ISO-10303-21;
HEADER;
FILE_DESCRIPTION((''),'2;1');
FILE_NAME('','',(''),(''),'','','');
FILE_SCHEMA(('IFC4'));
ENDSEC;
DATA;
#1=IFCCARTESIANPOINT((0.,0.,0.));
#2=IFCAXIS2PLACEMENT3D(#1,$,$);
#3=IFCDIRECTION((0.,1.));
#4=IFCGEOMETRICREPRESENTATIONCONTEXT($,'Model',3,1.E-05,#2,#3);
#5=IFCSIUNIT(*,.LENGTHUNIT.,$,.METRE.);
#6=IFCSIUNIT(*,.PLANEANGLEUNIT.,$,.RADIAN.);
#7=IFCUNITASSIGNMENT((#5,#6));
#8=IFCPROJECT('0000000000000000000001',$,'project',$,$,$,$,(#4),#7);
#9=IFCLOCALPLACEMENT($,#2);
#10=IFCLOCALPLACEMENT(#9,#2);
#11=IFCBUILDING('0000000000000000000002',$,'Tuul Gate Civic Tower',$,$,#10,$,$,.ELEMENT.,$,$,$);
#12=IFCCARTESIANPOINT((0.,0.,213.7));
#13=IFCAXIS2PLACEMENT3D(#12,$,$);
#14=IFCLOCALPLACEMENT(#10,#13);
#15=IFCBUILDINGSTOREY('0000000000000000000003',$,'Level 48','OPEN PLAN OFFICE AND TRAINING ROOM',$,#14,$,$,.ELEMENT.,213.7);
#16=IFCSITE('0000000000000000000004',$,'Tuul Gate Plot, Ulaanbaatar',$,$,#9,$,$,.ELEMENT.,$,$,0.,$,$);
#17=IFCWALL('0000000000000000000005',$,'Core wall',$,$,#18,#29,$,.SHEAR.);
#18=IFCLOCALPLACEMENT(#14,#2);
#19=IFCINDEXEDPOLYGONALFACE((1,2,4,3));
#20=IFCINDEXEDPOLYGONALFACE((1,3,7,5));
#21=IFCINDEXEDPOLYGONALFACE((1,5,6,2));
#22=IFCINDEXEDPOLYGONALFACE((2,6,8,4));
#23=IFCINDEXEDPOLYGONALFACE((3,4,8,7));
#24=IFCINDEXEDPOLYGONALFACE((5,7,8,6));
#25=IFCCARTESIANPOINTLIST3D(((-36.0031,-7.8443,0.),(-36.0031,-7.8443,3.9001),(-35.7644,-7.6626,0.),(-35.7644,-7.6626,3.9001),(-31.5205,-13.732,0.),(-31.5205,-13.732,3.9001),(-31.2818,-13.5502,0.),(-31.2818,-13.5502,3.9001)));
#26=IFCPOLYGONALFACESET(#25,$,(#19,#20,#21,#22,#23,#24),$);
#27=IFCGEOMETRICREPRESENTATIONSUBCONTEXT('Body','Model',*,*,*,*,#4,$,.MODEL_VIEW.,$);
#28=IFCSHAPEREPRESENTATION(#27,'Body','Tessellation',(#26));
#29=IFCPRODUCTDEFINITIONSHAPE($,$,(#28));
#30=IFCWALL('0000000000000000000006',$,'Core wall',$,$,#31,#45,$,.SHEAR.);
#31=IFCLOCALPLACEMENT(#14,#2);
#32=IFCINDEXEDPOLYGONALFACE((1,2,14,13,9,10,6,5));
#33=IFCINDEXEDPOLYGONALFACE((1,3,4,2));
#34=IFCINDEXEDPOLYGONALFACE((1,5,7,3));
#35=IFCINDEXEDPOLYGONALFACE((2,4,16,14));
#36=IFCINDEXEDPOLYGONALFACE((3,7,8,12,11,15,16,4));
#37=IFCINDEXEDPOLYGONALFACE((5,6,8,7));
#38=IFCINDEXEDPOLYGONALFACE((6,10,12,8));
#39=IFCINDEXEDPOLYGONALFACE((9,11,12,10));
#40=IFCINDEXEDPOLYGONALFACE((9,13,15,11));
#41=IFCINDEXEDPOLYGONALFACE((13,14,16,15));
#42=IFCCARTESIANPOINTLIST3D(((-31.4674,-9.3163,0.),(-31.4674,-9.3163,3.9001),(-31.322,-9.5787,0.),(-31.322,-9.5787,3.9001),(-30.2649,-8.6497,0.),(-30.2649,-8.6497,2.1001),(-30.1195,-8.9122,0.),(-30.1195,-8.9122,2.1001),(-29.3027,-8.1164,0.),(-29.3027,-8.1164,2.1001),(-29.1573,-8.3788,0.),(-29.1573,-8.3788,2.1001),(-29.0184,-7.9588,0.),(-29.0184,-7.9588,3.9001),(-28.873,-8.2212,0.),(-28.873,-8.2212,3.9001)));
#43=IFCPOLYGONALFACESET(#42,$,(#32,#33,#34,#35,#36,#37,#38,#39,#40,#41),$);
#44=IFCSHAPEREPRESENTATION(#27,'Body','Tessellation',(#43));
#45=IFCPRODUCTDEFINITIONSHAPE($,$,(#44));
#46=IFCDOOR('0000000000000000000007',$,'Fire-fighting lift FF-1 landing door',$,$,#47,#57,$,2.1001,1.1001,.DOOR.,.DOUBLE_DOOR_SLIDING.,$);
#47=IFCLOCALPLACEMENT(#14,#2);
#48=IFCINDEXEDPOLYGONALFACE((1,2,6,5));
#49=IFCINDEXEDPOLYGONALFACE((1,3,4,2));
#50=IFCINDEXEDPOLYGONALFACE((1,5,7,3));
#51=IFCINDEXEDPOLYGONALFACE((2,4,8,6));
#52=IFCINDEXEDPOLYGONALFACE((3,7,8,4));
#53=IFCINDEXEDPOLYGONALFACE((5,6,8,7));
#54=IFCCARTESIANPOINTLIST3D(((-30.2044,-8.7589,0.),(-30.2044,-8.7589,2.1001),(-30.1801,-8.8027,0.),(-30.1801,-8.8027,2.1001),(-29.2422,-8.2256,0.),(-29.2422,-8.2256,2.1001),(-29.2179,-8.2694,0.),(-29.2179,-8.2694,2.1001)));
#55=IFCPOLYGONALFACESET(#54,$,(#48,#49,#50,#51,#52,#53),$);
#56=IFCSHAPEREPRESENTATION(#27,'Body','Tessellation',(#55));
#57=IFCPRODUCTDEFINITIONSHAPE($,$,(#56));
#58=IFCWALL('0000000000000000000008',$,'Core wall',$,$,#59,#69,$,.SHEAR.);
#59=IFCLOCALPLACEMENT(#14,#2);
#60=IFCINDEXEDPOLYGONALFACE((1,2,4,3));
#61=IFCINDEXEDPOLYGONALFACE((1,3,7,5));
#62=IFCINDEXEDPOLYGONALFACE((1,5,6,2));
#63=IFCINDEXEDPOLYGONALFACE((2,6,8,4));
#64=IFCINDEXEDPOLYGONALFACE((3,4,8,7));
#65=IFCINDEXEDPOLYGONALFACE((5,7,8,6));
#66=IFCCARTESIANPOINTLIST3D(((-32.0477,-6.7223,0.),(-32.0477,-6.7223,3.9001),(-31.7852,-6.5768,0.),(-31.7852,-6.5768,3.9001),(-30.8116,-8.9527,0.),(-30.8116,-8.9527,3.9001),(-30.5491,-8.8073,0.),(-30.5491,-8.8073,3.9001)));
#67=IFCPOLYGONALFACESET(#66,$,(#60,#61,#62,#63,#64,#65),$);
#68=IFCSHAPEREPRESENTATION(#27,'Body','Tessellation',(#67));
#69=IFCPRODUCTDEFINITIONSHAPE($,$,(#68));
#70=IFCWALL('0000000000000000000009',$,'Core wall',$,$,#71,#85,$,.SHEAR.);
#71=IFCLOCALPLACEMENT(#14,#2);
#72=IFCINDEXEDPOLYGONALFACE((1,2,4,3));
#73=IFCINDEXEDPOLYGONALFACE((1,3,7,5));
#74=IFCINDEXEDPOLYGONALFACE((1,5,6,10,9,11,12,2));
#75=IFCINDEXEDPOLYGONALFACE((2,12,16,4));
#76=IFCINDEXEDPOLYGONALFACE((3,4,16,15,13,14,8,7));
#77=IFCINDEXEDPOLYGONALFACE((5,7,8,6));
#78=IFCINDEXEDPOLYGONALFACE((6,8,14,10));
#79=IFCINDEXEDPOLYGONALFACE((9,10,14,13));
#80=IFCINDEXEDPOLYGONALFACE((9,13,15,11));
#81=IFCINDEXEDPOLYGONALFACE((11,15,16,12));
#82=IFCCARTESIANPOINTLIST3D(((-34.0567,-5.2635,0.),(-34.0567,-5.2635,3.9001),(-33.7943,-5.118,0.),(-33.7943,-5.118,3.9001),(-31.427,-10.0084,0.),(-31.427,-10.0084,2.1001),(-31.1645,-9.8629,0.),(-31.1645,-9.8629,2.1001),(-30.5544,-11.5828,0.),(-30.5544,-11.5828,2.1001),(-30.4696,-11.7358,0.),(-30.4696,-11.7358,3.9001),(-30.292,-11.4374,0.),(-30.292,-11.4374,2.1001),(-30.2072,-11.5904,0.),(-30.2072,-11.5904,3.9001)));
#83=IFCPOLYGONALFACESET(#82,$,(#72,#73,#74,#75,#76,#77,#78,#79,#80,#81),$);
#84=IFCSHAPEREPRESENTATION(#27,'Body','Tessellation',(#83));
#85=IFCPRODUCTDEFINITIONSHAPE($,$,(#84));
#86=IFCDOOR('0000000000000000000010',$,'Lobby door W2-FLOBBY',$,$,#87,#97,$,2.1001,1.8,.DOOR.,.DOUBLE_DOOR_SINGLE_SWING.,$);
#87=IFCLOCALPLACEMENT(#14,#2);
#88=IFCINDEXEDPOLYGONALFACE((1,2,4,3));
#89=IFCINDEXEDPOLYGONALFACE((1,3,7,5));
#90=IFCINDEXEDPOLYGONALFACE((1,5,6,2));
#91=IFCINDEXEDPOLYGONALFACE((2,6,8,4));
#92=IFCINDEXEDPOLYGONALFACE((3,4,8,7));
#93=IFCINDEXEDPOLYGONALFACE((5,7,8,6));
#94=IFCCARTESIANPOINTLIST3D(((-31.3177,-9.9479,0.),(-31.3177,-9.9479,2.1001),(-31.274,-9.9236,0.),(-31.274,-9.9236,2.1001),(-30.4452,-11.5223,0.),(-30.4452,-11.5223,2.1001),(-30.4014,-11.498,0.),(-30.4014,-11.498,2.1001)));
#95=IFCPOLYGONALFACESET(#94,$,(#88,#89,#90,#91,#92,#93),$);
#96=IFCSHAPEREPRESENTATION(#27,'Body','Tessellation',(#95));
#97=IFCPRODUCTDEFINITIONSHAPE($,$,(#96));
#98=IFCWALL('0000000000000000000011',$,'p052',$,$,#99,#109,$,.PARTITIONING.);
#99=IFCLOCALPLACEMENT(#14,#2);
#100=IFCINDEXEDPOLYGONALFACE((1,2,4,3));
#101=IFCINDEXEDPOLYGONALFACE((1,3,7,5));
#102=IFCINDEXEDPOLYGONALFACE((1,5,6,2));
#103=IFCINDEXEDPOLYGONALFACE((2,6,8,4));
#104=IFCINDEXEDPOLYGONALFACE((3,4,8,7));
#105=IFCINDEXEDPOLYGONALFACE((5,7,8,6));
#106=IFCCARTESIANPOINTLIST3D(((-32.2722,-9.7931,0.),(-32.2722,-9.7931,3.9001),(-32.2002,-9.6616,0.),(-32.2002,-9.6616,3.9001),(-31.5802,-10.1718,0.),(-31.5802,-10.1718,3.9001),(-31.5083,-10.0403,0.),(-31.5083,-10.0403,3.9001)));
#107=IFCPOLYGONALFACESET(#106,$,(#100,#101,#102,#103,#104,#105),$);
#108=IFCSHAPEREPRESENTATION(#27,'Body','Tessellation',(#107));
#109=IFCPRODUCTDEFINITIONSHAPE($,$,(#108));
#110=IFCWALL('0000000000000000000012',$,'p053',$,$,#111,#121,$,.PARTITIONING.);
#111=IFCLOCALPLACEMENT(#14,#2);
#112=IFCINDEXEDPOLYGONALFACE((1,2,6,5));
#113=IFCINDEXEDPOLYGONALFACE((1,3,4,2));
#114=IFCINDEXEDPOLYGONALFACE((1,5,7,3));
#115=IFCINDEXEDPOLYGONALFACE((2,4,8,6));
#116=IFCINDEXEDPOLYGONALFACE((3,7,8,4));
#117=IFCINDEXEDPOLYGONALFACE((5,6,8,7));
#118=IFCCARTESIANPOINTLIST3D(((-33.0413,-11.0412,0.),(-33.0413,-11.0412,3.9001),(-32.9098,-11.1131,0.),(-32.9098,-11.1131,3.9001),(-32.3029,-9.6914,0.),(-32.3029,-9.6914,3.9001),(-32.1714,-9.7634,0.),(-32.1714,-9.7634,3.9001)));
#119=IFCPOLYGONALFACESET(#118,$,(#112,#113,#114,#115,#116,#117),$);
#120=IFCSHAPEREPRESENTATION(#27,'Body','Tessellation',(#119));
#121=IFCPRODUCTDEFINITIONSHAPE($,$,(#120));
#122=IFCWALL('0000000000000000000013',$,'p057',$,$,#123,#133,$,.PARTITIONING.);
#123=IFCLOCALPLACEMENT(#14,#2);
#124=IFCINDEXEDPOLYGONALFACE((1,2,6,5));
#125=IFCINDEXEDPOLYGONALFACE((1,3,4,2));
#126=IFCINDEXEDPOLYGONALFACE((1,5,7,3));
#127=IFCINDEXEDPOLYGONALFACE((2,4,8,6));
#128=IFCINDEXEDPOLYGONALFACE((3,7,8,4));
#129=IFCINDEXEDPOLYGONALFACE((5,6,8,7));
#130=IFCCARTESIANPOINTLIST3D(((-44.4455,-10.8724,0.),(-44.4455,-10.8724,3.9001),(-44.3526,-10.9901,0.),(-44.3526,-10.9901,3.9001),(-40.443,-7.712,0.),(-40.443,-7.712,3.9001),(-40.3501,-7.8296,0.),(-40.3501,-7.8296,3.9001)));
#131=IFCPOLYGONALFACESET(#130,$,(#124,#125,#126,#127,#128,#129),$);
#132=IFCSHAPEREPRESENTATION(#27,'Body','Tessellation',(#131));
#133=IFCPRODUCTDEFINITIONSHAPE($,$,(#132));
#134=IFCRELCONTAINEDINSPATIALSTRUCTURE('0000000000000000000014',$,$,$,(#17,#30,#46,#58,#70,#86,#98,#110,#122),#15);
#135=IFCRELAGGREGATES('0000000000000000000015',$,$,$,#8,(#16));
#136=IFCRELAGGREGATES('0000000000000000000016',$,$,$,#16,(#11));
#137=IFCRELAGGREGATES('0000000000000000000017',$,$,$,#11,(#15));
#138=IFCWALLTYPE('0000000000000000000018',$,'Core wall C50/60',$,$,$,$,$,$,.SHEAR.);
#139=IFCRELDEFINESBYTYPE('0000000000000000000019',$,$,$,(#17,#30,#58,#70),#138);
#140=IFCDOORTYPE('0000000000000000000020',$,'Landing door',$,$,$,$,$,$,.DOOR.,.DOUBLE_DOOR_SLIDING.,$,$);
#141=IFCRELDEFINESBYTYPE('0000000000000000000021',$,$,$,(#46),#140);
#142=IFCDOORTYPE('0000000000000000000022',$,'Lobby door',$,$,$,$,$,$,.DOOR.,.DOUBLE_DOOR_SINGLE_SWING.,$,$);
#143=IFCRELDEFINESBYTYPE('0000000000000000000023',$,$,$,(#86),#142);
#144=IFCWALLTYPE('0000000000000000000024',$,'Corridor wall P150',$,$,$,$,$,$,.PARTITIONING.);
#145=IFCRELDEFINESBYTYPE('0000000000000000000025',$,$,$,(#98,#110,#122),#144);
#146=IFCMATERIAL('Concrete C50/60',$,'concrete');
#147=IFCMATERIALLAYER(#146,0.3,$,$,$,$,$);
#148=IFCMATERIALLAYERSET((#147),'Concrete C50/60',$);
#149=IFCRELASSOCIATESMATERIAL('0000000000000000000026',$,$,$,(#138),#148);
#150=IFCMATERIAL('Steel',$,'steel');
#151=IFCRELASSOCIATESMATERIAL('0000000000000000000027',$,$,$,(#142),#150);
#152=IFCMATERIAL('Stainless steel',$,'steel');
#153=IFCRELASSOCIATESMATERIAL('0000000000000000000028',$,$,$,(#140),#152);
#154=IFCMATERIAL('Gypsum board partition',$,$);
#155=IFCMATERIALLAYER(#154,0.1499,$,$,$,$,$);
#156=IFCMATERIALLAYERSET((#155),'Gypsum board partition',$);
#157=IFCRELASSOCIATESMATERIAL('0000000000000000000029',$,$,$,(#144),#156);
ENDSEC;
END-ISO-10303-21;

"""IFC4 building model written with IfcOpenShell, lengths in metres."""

from ifc_helpers import new_model, si_unit, direction, frame, frame_2d, origin, place, context, subcontext, project, spatial, rectangle, extrude, material, layer, layer_set, type_object, element, fill, save


model = new_model("IFC4")

# Units and contexts
model_context = context("Model", 3, precision=1e-05, world=origin(), true_north=direction((0.0, 1.0)))
body_context = subcontext(model_context, "Body", "Model", "MODEL_VIEW")
ifc_project = project(units=[si_unit("LENGTHUNIT", "METRE"), si_unit("PLANEANGLEUNIT", "RADIAN")], contexts=[model_context])

# Site, building, storey
site_placement = place(None, origin())
site = spatial("IfcSite", under=ifc_project, at=site_placement, Name="Tuul Gate Plot, Ulaanbaatar", CompositionType="ELEMENT", RefElevation=0.0)
building_placement = place(site_placement, origin())
building = spatial("IfcBuilding", under=site, at=building_placement, Name="Tuul Gate Civic Tower", CompositionType="ELEMENT")
storey_placement = place(building_placement, frame((0.0, 0.0, 213.7)))
storey = spatial("IfcBuildingStorey", under=building, at=storey_placement, Name="Level 48", Description="OPEN PLAN OFFICE AND TRAINING ROOM", CompositionType="ELEMENT", Elevation=213.7)

# Shared definitions
ifc_material_1 = material(Name="Concrete C50/60", Category="concrete")
ifc_layer_1 = layer(ifc_material_1, 0.3)
ifc_layer_set_1 = layer_set([ifc_layer_1], Name="Concrete C50/60")
wall_type_1 = type_object("IfcWallType", Name="Core wall C50/60", PredefinedType="SHEAR", material=ifc_layer_set_1)
ifc_material_2 = material(Name="Steel", Category="steel")
door_type_1 = type_object("IfcDoorType", Name="Lobby door", OperationType="DOUBLE_DOOR_SINGLE_SWING", PredefinedType="DOOR", material=ifc_material_2)

# Wall
wall_1_placement = place(storey_placement, frame((-31.4011, -13.6411, 0.0), z_axis=(0.0, 0.0, 1.0), x_axis=(-0.60577, 0.79564, 0.0)))
element("IfcWall", 1, at=wall_1_placement, inside=storey, type_object=wall_type_1, Name="Core wall", PredefinedType="SHEAR", context=body_context, shape_type="SweptSolid", body=[
    extrude(rectangle(XDim=7.3999, YDim=0.3, at=frame_2d((3.7, 0.0))), origin(), (0.0, 0.0, 1.0), 3.9001),
])

# Wall, opening, door
wall_2_placement = place(storey_placement, frame((-28.9458, -8.0901, 0.0), z_axis=(0.0, 0.0, 1.0), x_axis=(-0.87463, -0.484791, 0.0)))
wall_2 = element("IfcWall", 2, at=wall_2_placement, inside=storey, type_object=wall_type_1, Name="Core wall", PredefinedType="SHEAR", context=body_context, shape_type="SweptSolid", body=[
    extrude(rectangle(XDim=2.8, YDim=0.3, at=frame_2d((1.3999, 0.0))), origin(), (0.0, 0.0, 1.0), 3.9001),
])
opening_1_placement = place(wall_2_placement, frame((0.325, 0.0, 0.0)))
opening_1 = element("IfcOpeningElement", 3, at=opening_1_placement, cuts=wall_2, PredefinedType="OPENING", context=body_context, shape_type="SweptSolid", body=[
    extrude(rectangle(XDim=1.1001, YDim=2.1001, at=frame_2d((0.55, 1.05))), frame((0.0, 0.1602, 0.0), z_axis=(0.0, -1.0, 0.0), x_axis=(1.0, 0.0, 0.0)), (0.0, 0.0, 1.0), 0.3201),
])
ifc_material_3 = material(Name="Stainless steel", Category="steel")
door_type_2 = type_object("IfcDoorType", Name="Landing door", OperationType="DOUBLE_DOOR_SLIDING", PredefinedType="DOOR", material=ifc_material_3)
door_1_placement = place(opening_1_placement, origin())
door_1 = element("IfcDoor", 4, at=door_1_placement, inside=storey, type_object=door_type_2, Name="Fire-fighting lift FF-1 landing door", OperationType="DOUBLE_DOOR_SLIDING", OverallHeight=2.1001, OverallWidth=1.1001, PredefinedType="DOOR", context=body_context, shape_type="SweptSolid", body=[
    extrude(rectangle(XDim=1.1001, YDim=2.1001, at=frame_2d((0.55, 1.05))), frame((0.0, 0.0249, 0.0), z_axis=(0.0, -1.0, 0.0), x_axis=(1.0, 0.0, 0.0)), (0.0, 0.0, 1.0), 0.05),
])
fill(opening_1, door_1)

# Wall
wall_3_placement = place(storey_placement, frame((-30.6804, -8.8799, 0.0), z_axis=(0.0, 0.0, 1.0), x_axis=(-0.484724, 0.874667, 0.0)))
element("IfcWall", 5, at=wall_3_placement, inside=storey, type_object=wall_type_1, Name="Core wall", PredefinedType="SHEAR", context=body_context, shape_type="SweptSolid", body=[
    extrude(rectangle(XDim=2.55, YDim=0.3, at=frame_2d((1.2749, 0.0))), origin(), (0.0, 0.0, 1.0), 3.9001),
])

# Wall, opening, door
wall_4_placement = place(storey_placement, frame((-30.3384, -11.6631, 0.0), z_axis=(0.0, 0.0, 1.0), x_axis=(-0.484752, 0.874652, 0.0)))
wall_4 = element("IfcWall", 6, at=wall_4_placement, inside=storey, type_object=wall_type_1, Name="Core wall", PredefinedType="SHEAR", context=body_context, shape_type="SweptSolid", body=[
    extrude(rectangle(XDim=7.3999, YDim=0.3, at=frame_2d((3.7, 0.0))), origin(), (0.0, 0.0, 1.0), 3.9001),
])
opening_2_placement = place(wall_4_placement, frame((0.175, 0.0, 0.0)))
opening_2 = element("IfcOpeningElement", 7, at=opening_2_placement, cuts=wall_4, PredefinedType="OPENING", context=body_context, shape_type="SweptSolid", body=[
    extrude(rectangle(XDim=1.8, YDim=2.1001, at=frame_2d((0.8999, 1.05))), frame((0.0, 0.1602, 0.0), z_axis=(0.0, -1.0, 0.0), x_axis=(1.0, 0.0, 0.0)), (0.0, 0.0, 1.0), 0.3201),
])
door_2_placement = place(opening_2_placement, frame((1.8, 0.0, 0.0), z_axis=(0.0, 0.0, 1.0), x_axis=(-1.0, 0.0, 0.0)))
door_2 = element("IfcDoor", 8, at=door_2_placement, inside=storey, type_object=door_type_1, Name="Lobby door W2-FLOBBY", OperationType="DOUBLE_DOOR_SINGLE_SWING", OverallHeight=2.1001, OverallWidth=1.8, PredefinedType="DOOR", context=body_context, shape_type="SweptSolid", body=[
    extrude(rectangle(XDim=1.8, YDim=2.1001, at=frame_2d((0.9001, 1.05))), frame((0.0, 0.0249, 0.0), z_axis=(0.0, -1.0, 0.0), x_axis=(1.0, 0.0, 0.0)), (0.0, 0.0, 1.0), 0.05),
])
fill(opening_2, door_2)

# Walls
ifc_material_4 = material(Name="Gypsum board partition")
ifc_layer_2 = layer(ifc_material_4, 0.1499)
ifc_layer_set_2 = layer_set([ifc_layer_2], Name="Gypsum board partition")
wall_type_2 = type_object("IfcWallType", Name="Corridor wall P150", PredefinedType="PARTITIONING", material=ifc_layer_set_2)
wall_5_placement = place(storey_placement, frame((-32.2363, -9.7273, 0.0), z_axis=(0.0, 0.0, 1.0), x_axis=(0.87722, -0.480088, 0.0)))
element("IfcWall", 9, at=wall_5_placement, inside=storey, type_object=wall_type_2, Name="p052", PredefinedType="PARTITIONING", context=body_context, shape_type="SweptSolid", body=[
    extrude(rectangle(XDim=0.7888, YDim=0.1499, at=frame_2d((0.3945, 0.0))), origin(), (0.0, 0.0, 1.0), 3.9001),
])
wall_6_placement = place(storey_placement, frame((-32.9756, -11.0771, 0.0), z_axis=(0.0, 0.0, 1.0), x_axis=(0.479975, 0.877282, 0.0)))
element("IfcWall", 10, at=wall_6_placement, inside=storey, type_object=wall_type_2, Name="p053", PredefinedType="PARTITIONING", context=body_context, shape_type="SweptSolid", body=[
    extrude(rectangle(XDim=1.5386, YDim=0.1499, at=frame_2d((0.7693, 0.0))), origin(), (0.0, 0.0, 1.0), 3.9001),
])
wall_7_placement = place(storey_placement, frame((-44.3989, -10.9312, 0.0), z_axis=(0.0, 0.0, 1.0), x_axis=(0.784828, 0.619714, 0.0)))
element("IfcWall", 11, at=wall_7_placement, inside=storey, type_object=wall_type_2, Name="p057", PredefinedType="PARTITIONING", context=body_context, shape_type="SweptSolid", body=[
    extrude(rectangle(XDim=5.0999, YDim=0.1499, at=frame_2d((2.5498, 0.0))), origin(), (0.0, 0.0, 1.0), 3.9001),
])

save(model, "model.ifc")
